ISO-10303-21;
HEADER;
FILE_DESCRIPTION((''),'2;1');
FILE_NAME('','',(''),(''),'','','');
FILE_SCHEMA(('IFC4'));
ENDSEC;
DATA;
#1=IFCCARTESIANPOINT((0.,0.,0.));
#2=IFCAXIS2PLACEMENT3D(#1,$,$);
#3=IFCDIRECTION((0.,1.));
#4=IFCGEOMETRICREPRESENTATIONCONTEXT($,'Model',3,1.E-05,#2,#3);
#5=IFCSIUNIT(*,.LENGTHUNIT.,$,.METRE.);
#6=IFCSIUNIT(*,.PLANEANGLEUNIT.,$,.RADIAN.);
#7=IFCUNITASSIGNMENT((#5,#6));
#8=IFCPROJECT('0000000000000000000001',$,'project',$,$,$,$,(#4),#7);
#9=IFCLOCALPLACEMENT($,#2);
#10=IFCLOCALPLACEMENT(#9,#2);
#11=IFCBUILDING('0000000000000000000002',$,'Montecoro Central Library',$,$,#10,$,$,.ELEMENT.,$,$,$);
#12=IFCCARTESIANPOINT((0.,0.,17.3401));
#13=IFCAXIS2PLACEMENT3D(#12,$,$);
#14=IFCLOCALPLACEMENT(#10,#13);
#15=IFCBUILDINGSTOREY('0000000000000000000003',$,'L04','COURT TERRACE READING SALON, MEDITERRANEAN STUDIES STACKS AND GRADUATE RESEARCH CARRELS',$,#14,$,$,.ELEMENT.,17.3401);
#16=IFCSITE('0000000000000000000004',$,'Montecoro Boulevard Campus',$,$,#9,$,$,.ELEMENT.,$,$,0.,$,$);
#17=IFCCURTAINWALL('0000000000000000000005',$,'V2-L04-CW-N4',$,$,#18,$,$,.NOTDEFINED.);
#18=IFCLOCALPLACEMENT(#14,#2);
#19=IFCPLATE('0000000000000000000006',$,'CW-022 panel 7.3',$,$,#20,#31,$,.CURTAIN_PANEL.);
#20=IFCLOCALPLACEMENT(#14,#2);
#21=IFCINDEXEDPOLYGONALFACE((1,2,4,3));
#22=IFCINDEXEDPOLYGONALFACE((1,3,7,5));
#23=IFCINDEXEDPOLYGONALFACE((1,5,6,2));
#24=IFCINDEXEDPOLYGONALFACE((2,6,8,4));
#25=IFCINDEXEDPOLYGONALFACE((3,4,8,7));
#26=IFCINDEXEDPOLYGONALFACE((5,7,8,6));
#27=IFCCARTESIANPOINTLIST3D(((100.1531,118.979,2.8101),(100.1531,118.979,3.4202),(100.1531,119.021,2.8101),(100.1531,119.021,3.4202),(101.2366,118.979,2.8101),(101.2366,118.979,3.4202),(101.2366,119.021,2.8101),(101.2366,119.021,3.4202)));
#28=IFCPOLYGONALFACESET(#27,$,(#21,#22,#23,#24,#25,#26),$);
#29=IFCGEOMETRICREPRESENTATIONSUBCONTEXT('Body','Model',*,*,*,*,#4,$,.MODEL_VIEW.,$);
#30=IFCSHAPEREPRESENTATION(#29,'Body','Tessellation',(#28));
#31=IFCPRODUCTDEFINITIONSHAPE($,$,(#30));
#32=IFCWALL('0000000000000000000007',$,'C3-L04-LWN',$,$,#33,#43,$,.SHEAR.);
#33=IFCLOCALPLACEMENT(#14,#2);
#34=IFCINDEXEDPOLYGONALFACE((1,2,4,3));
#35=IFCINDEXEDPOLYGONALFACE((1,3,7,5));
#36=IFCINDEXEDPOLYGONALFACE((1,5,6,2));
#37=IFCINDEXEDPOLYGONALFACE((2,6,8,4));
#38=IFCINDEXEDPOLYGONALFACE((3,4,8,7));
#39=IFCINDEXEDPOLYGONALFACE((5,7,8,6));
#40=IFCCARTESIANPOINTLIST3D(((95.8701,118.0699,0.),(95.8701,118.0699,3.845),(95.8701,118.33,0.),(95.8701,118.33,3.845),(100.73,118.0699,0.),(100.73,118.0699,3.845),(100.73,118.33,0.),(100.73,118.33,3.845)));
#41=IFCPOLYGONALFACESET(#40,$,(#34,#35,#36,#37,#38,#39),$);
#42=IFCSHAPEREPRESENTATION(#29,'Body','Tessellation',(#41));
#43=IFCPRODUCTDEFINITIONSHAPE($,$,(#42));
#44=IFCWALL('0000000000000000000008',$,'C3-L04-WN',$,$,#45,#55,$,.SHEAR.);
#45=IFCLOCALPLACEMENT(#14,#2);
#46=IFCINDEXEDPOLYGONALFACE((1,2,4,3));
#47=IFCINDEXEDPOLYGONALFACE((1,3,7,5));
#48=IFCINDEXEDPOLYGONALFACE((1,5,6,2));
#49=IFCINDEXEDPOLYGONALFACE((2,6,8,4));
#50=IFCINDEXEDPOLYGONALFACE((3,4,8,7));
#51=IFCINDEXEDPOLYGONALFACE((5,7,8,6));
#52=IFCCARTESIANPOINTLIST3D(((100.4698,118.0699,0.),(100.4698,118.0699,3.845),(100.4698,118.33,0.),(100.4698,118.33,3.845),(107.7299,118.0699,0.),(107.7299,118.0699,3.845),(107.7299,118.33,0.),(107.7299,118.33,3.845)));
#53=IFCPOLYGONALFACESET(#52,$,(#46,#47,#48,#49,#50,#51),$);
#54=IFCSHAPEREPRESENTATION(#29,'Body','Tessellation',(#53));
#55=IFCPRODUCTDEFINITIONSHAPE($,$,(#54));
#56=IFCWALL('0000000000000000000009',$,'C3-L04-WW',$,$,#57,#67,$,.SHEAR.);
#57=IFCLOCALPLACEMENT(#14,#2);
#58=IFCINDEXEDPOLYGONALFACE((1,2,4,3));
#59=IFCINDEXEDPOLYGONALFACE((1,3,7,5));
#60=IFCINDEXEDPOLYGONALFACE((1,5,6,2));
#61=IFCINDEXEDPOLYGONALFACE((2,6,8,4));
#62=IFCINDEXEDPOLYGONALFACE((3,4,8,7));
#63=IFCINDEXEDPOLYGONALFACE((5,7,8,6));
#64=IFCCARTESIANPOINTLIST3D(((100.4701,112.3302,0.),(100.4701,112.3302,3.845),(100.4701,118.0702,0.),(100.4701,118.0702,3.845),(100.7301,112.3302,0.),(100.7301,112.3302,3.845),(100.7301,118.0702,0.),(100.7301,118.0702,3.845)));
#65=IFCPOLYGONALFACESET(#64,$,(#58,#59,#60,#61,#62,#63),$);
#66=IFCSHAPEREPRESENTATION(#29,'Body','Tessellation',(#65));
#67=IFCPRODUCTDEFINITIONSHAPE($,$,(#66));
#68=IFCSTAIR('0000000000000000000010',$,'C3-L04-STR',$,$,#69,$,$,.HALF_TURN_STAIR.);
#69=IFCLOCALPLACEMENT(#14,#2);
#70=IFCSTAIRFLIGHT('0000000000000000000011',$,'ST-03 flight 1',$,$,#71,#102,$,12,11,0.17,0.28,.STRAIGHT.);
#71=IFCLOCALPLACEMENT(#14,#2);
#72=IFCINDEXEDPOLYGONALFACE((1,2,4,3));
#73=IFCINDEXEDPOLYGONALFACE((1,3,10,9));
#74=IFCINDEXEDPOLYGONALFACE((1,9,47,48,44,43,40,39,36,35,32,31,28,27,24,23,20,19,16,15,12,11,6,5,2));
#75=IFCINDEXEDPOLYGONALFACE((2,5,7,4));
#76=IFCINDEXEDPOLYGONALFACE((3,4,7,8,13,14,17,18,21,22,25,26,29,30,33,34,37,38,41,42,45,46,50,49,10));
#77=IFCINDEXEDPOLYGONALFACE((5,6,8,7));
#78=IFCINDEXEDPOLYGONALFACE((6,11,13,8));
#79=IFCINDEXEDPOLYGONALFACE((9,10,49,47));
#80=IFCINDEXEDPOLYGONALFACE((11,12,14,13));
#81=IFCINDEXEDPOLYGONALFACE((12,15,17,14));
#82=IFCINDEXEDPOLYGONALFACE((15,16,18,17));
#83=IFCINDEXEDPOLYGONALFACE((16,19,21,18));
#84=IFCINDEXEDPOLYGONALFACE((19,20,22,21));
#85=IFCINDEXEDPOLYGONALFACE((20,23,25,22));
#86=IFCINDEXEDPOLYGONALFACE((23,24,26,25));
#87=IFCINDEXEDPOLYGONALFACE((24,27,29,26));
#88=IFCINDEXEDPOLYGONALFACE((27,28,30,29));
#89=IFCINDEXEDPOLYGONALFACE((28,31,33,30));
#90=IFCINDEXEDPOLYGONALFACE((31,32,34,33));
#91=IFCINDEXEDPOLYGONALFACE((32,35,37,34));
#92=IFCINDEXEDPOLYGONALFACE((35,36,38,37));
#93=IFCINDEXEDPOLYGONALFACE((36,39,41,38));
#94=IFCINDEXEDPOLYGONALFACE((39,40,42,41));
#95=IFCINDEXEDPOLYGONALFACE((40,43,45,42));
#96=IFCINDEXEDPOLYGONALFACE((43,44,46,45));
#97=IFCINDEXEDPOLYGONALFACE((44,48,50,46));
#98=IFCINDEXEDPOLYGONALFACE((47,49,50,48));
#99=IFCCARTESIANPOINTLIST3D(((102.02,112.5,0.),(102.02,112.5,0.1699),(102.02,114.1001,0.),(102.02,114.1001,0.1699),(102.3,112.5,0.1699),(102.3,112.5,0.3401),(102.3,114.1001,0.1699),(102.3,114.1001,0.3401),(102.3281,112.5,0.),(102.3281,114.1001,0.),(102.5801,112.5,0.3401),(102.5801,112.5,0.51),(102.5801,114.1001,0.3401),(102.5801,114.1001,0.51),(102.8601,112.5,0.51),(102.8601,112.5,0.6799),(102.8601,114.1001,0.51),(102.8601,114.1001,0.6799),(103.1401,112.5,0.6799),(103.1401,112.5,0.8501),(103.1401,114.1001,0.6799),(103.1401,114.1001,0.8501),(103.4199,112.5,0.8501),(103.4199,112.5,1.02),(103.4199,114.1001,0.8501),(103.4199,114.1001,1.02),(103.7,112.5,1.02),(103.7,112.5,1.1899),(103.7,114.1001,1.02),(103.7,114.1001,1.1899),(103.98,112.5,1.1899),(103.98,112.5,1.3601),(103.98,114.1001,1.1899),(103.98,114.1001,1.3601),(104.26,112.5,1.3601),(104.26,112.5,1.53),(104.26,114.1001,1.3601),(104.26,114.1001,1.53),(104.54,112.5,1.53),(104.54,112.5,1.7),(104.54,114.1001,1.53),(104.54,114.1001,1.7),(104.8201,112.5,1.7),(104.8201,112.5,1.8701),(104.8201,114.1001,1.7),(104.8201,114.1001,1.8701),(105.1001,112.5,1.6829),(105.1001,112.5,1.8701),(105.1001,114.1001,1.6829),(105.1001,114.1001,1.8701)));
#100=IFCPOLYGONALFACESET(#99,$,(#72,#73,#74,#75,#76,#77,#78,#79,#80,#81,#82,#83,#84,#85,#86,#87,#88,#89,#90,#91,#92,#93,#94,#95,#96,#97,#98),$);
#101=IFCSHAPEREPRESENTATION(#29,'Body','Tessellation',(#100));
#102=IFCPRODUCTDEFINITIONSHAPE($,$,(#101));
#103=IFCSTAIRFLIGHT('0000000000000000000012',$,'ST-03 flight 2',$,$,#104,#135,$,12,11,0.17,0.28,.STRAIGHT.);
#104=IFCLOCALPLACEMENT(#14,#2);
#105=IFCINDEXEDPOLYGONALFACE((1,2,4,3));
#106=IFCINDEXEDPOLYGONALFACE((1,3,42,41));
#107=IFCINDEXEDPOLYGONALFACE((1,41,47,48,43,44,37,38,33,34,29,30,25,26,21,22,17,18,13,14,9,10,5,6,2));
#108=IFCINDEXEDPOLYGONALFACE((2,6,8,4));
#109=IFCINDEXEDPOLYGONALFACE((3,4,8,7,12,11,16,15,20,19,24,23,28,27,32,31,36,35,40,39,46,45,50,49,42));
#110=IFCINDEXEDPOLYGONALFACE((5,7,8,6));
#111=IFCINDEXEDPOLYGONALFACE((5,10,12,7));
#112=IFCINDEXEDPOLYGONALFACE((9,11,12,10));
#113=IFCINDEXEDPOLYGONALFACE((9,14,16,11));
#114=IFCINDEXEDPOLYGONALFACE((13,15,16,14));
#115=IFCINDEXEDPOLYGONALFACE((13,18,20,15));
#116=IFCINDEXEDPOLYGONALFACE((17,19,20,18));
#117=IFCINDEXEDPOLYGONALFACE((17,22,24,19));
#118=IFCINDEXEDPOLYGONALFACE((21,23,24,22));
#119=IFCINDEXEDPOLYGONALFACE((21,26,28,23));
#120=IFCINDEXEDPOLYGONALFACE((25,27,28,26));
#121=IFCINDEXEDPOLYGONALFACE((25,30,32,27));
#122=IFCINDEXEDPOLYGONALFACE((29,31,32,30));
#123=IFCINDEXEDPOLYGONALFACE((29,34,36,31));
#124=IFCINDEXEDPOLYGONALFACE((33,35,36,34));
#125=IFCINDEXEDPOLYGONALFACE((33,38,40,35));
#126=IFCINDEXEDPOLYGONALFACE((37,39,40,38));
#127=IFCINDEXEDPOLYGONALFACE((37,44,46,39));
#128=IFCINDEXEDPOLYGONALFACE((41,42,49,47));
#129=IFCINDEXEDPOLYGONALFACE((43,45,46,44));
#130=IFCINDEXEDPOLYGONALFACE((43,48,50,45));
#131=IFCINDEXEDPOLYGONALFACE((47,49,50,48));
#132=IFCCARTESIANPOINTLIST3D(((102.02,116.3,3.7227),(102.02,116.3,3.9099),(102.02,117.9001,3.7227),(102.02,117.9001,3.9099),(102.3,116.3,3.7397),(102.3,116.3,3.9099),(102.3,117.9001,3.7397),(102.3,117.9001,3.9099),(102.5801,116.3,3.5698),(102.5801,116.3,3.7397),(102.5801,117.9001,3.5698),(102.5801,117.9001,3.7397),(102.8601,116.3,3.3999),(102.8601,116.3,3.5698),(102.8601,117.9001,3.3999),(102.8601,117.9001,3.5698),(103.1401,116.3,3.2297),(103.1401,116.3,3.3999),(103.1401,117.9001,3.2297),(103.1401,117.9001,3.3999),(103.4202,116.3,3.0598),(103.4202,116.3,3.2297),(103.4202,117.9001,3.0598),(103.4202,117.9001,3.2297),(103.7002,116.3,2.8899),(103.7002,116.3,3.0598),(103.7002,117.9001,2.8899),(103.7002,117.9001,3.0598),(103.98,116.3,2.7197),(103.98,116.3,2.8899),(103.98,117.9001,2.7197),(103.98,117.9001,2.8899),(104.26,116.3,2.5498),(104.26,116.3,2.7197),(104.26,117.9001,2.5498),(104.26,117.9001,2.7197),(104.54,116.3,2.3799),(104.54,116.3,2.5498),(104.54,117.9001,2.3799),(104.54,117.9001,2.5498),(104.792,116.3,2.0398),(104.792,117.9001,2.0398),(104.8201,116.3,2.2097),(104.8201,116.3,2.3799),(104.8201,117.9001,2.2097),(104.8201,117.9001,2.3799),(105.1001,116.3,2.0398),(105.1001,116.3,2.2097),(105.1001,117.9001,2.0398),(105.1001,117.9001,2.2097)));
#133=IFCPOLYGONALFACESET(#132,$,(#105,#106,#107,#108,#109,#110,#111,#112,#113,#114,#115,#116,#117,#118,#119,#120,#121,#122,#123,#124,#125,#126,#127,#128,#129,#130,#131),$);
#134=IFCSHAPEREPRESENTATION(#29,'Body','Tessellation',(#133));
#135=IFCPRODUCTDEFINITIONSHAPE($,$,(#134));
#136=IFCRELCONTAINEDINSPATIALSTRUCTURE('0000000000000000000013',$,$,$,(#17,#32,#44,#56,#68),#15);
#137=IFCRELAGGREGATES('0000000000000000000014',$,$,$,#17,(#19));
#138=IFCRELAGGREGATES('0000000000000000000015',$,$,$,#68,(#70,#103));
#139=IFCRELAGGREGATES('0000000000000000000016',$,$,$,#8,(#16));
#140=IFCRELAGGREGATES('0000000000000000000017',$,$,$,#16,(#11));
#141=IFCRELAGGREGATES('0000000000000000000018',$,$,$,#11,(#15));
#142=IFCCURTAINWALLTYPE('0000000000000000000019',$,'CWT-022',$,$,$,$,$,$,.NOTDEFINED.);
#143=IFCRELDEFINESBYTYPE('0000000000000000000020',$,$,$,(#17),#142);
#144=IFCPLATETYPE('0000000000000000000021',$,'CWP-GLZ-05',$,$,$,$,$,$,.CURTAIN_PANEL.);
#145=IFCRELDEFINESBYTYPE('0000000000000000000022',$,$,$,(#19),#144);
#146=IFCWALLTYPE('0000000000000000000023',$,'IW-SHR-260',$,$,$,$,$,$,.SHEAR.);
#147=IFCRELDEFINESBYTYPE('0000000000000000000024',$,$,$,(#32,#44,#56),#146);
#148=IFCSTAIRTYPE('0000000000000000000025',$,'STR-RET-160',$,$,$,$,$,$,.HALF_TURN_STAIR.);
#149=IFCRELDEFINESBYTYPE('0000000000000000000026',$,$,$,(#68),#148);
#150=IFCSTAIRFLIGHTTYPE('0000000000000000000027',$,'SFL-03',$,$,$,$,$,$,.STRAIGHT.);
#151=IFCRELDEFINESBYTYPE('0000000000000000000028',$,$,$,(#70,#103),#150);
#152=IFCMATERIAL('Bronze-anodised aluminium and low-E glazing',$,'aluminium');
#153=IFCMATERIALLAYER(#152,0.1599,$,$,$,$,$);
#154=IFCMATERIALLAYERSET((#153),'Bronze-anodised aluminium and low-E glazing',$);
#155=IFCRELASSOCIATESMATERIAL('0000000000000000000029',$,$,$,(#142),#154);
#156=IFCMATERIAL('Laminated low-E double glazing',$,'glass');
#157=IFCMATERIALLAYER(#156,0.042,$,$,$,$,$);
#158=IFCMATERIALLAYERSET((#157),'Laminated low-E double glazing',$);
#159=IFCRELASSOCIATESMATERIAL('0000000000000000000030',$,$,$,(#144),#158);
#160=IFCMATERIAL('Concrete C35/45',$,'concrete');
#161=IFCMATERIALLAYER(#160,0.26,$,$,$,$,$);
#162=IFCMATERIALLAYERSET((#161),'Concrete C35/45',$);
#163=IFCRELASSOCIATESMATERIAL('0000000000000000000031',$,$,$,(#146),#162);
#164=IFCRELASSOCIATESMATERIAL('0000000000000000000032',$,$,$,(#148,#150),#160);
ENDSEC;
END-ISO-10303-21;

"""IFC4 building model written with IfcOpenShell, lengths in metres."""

from ifc_helpers import new_model, si_unit, direction, frame, frame_2d, origin, origin_2d, place, context, subcontext, project, spatial, polyline, rectangle, outline, extrude, material, layer, layer_set, type_object, element, aggregate, save


model = new_model("IFC4")

# Units and contexts
model_context = context("Model", 3, precision=1e-05, world=origin(), true_north=direction((0.0, 1.0)))
body_context = subcontext(model_context, "Body", "Model", "MODEL_VIEW")
ifc_project = project(units=[si_unit("LENGTHUNIT", "METRE"), si_unit("PLANEANGLEUNIT", "RADIAN")], contexts=[model_context])

# Site, building, storey
site_placement = place(None, origin())
site = spatial("IfcSite", under=ifc_project, at=site_placement, Name="Montecoro Boulevard Campus", CompositionType="ELEMENT", RefElevation=0.0)
building_placement = place(site_placement, origin())
building = spatial("IfcBuilding", under=site, at=building_placement, Name="Montecoro Central Library", CompositionType="ELEMENT")
storey_placement = place(building_placement, frame((0.0, 0.0, 17.3401)))
storey = spatial("IfcBuildingStorey", under=building, at=storey_placement, Name="L04", Description="COURT TERRACE READING SALON, MEDITERRANEAN STUDIES STACKS AND GRADUATE RESEARCH CARRELS", CompositionType="ELEMENT", Elevation=17.3401)

# Shared definitions
ifc_material_1 = material(Name="Concrete C35/45", Category="concrete")

# Curtain wall, plate
ifc_material_2 = material(Name="Bronze-anodised aluminium and low-E glazing", Category="aluminium")
ifc_layer_1 = layer(ifc_material_2, 0.1599)
ifc_layer_set_1 = layer_set([ifc_layer_1], Name="Bronze-anodised aluminium and low-E glazing")
curtain_wall_type = type_object("IfcCurtainWallType", Name="CWT-022", PredefinedType="NOTDEFINED", material=ifc_layer_set_1)
curtain_wall_placement = place(storey_placement, origin())
curtain_wall = element("IfcCurtainWall", 1, at=curtain_wall_placement, inside=storey, type_object=curtain_wall_type, Name="V2-L04-CW-N4", PredefinedType="NOTDEFINED")
ifc_material_3 = material(Name="Laminated low-E double glazing", Category="glass")
ifc_layer_2 = layer(ifc_material_3, 0.042)
ifc_layer_set_2 = layer_set([ifc_layer_2], Name="Laminated low-E double glazing")
plate_type = type_object("IfcPlateType", Name="CWP-GLZ-05", PredefinedType="CURTAIN_PANEL", material=ifc_layer_set_2)
plate_1_placement = place(storey_placement, frame((100.6948, 119.0, 2.8101), z_axis=(0.0, 0.0, 1.0), x_axis=(-1.0, 0.0, 0.0)))
plate_1 = element("IfcPlate", 2, at=plate_1_placement, type_object=plate_type, Name="CW-022 panel 7.3", PredefinedType="CURTAIN_PANEL", context=body_context, shape_type="SweptSolid", body=[
    extrude(rectangle(XDim=1.0835, YDim=0.042, at=origin_2d()), origin(), (0.0, 0.0, 1.0), 0.6101),
])
aggregate(curtain_wall, [plate_1])

# Walls
ifc_layer_3 = layer(ifc_material_1, 0.26)
ifc_layer_set_3 = layer_set([ifc_layer_3], Name="Concrete C35/45")
wall_type = type_object("IfcWallType", Name="IW-SHR-260", PredefinedType="SHEAR", material=ifc_layer_set_3)
wall_1_placement = place(storey_placement, frame((100.73, 118.2, 0.0), z_axis=(0.0, 0.0, 1.0), x_axis=(-1.0, 0.0, 0.0)))
element("IfcWall", 3, at=wall_1_placement, inside=storey, type_object=wall_type, Name="C3-L04-LWN", PredefinedType="SHEAR", context=body_context, shape_type="SweptSolid", body=[
    extrude(rectangle(XDim=4.8599, YDim=0.26, at=frame_2d((2.4299, 0.0))), origin(), (0.0, 0.0, 1.0), 3.845),
])
wall_2_placement = place(storey_placement, frame((100.47, 118.2, 0.0), z_axis=(0.0, 0.0, 1.0), x_axis=(1.0, 0.0, 0.0)))
element("IfcWall", 4, at=wall_2_placement, inside=storey, type_object=wall_type, Name="C3-L04-WN", PredefinedType="SHEAR", context=body_context, shape_type="SweptSolid", body=[
    extrude(rectangle(XDim=7.26, YDim=0.26, at=frame_2d((3.6299, 0.0))), origin(), (0.0, 0.0, 1.0), 3.845),
])
wall_3_placement = place(storey_placement, frame((100.6001, 112.3301, 0.0), z_axis=(0.0, 0.0, 1.0), x_axis=(0.0, 1.0, 0.0)))
element("IfcWall", 5, at=wall_3_placement, inside=storey, type_object=wall_type, Name="C3-L04-WW", PredefinedType="SHEAR", context=body_context, shape_type="SweptSolid", body=[
    extrude(rectangle(XDim=5.74, YDim=0.26, at=frame_2d((2.8701, 0.0))), origin(), (0.0, 0.0, 1.0), 3.845),
])

# Stair, stair flights
stair_type = type_object("IfcStairType", Name="STR-RET-160", PredefinedType="HALF_TURN_STAIR", material=ifc_material_1)
stair_placement = place(storey_placement, origin())
stair = element("IfcStair", 6, at=stair_placement, inside=storey, type_object=stair_type, Name="C3-L04-STR", PredefinedType="HALF_TURN_STAIR")
stair_flight_type = type_object("IfcStairFlightType", Name="SFL-03", PredefinedType="STRAIGHT", material=ifc_material_1)
stair_flight_1_placement = place(storey_placement, frame((102.02, 113.3, 0.0), z_axis=(0.0, 0.0, 1.0), x_axis=(1.0, 0.0, 0.0)))
stair_flight_1 = element("IfcStairFlight", 7, at=stair_flight_1_placement, type_object=stair_flight_type, Name="ST-03 flight 1", NumberOfRisers=12, NumberOfTreads=11, PredefinedType="STRAIGHT", RiserHeight=0.17, TreadLength=0.28, context=body_context, shape_type="SweptSolid", body=[
    extrude(outline(polyline([(0.0, 0.0), (0.0, 0.1699), (0.28, 0.1699), (0.28, 0.3401), (0.5601, 0.3401), (0.5601, 0.51), (0.8401, 0.51), (0.8401, 0.6799), (1.1201, 0.6799), (1.1201, 0.8501), (1.3999, 0.8501), (1.3999, 1.02), (1.6799, 1.02), (1.6799, 1.1899), (1.96, 1.1899), (1.96, 1.3601), (2.24, 1.3601), (2.24, 1.53), (2.52, 1.53), (2.52, 1.7), (2.8, 1.7), (2.8, 1.8701), (3.0801, 1.8701), (3.0801, 2.04), (3.0801, 1.6829), (0.3081, 0.0), (0.0, 0.0)])), frame((0.0, 0.8, 0.0), z_axis=(0.0, -1.0, 0.0), x_axis=(1.0, 0.0, 0.0)), (0.0, 0.0, 1.0), 1.6001),
])
stair_flight_2_placement = place(storey_placement, frame((105.1001, 117.1001, 2.0398), z_axis=(0.0, 0.0, 1.0), x_axis=(-1.0, 0.0, 0.0)))
stair_flight_2 = element("IfcStairFlight", 8, at=stair_flight_2_placement, type_object=stair_flight_type, Name="ST-03 flight 2", NumberOfRisers=12, NumberOfTreads=11, PredefinedType="STRAIGHT", RiserHeight=0.17, TreadLength=0.28, context=body_context, shape_type="SweptSolid", body=[
    extrude(outline(polyline([(0.0, 0.0), (0.0, 0.1699), (0.28, 0.1699), (0.28, 0.3401), (0.5601, 0.3401), (0.5601, 0.51), (0.8401, 0.51), (0.8401, 0.6799), (1.1201, 0.6799), (1.1201, 0.8501), (1.3999, 0.8501), (1.3999, 1.02), (1.6799, 1.02), (1.6799, 1.1899), (1.96, 1.1899), (1.96, 1.3601), (2.24, 1.3601), (2.24, 1.53), (2.52, 1.53), (2.52, 1.7), (2.8, 1.7), (2.8, 1.8701), (3.0801, 1.8701), (3.0801, 2.04), (3.0801, 1.6829), (0.3081, 0.0), (0.0, 0.0)])), frame((0.0, 0.8, 0.0), z_axis=(0.0, -1.0, 0.0), x_axis=(1.0, 0.0, 0.0)), (0.0, 0.0, 1.0), 1.6001),
])
aggregate(stair, [stair_flight_1, stair_flight_2])

save(model, "model.ifc")
